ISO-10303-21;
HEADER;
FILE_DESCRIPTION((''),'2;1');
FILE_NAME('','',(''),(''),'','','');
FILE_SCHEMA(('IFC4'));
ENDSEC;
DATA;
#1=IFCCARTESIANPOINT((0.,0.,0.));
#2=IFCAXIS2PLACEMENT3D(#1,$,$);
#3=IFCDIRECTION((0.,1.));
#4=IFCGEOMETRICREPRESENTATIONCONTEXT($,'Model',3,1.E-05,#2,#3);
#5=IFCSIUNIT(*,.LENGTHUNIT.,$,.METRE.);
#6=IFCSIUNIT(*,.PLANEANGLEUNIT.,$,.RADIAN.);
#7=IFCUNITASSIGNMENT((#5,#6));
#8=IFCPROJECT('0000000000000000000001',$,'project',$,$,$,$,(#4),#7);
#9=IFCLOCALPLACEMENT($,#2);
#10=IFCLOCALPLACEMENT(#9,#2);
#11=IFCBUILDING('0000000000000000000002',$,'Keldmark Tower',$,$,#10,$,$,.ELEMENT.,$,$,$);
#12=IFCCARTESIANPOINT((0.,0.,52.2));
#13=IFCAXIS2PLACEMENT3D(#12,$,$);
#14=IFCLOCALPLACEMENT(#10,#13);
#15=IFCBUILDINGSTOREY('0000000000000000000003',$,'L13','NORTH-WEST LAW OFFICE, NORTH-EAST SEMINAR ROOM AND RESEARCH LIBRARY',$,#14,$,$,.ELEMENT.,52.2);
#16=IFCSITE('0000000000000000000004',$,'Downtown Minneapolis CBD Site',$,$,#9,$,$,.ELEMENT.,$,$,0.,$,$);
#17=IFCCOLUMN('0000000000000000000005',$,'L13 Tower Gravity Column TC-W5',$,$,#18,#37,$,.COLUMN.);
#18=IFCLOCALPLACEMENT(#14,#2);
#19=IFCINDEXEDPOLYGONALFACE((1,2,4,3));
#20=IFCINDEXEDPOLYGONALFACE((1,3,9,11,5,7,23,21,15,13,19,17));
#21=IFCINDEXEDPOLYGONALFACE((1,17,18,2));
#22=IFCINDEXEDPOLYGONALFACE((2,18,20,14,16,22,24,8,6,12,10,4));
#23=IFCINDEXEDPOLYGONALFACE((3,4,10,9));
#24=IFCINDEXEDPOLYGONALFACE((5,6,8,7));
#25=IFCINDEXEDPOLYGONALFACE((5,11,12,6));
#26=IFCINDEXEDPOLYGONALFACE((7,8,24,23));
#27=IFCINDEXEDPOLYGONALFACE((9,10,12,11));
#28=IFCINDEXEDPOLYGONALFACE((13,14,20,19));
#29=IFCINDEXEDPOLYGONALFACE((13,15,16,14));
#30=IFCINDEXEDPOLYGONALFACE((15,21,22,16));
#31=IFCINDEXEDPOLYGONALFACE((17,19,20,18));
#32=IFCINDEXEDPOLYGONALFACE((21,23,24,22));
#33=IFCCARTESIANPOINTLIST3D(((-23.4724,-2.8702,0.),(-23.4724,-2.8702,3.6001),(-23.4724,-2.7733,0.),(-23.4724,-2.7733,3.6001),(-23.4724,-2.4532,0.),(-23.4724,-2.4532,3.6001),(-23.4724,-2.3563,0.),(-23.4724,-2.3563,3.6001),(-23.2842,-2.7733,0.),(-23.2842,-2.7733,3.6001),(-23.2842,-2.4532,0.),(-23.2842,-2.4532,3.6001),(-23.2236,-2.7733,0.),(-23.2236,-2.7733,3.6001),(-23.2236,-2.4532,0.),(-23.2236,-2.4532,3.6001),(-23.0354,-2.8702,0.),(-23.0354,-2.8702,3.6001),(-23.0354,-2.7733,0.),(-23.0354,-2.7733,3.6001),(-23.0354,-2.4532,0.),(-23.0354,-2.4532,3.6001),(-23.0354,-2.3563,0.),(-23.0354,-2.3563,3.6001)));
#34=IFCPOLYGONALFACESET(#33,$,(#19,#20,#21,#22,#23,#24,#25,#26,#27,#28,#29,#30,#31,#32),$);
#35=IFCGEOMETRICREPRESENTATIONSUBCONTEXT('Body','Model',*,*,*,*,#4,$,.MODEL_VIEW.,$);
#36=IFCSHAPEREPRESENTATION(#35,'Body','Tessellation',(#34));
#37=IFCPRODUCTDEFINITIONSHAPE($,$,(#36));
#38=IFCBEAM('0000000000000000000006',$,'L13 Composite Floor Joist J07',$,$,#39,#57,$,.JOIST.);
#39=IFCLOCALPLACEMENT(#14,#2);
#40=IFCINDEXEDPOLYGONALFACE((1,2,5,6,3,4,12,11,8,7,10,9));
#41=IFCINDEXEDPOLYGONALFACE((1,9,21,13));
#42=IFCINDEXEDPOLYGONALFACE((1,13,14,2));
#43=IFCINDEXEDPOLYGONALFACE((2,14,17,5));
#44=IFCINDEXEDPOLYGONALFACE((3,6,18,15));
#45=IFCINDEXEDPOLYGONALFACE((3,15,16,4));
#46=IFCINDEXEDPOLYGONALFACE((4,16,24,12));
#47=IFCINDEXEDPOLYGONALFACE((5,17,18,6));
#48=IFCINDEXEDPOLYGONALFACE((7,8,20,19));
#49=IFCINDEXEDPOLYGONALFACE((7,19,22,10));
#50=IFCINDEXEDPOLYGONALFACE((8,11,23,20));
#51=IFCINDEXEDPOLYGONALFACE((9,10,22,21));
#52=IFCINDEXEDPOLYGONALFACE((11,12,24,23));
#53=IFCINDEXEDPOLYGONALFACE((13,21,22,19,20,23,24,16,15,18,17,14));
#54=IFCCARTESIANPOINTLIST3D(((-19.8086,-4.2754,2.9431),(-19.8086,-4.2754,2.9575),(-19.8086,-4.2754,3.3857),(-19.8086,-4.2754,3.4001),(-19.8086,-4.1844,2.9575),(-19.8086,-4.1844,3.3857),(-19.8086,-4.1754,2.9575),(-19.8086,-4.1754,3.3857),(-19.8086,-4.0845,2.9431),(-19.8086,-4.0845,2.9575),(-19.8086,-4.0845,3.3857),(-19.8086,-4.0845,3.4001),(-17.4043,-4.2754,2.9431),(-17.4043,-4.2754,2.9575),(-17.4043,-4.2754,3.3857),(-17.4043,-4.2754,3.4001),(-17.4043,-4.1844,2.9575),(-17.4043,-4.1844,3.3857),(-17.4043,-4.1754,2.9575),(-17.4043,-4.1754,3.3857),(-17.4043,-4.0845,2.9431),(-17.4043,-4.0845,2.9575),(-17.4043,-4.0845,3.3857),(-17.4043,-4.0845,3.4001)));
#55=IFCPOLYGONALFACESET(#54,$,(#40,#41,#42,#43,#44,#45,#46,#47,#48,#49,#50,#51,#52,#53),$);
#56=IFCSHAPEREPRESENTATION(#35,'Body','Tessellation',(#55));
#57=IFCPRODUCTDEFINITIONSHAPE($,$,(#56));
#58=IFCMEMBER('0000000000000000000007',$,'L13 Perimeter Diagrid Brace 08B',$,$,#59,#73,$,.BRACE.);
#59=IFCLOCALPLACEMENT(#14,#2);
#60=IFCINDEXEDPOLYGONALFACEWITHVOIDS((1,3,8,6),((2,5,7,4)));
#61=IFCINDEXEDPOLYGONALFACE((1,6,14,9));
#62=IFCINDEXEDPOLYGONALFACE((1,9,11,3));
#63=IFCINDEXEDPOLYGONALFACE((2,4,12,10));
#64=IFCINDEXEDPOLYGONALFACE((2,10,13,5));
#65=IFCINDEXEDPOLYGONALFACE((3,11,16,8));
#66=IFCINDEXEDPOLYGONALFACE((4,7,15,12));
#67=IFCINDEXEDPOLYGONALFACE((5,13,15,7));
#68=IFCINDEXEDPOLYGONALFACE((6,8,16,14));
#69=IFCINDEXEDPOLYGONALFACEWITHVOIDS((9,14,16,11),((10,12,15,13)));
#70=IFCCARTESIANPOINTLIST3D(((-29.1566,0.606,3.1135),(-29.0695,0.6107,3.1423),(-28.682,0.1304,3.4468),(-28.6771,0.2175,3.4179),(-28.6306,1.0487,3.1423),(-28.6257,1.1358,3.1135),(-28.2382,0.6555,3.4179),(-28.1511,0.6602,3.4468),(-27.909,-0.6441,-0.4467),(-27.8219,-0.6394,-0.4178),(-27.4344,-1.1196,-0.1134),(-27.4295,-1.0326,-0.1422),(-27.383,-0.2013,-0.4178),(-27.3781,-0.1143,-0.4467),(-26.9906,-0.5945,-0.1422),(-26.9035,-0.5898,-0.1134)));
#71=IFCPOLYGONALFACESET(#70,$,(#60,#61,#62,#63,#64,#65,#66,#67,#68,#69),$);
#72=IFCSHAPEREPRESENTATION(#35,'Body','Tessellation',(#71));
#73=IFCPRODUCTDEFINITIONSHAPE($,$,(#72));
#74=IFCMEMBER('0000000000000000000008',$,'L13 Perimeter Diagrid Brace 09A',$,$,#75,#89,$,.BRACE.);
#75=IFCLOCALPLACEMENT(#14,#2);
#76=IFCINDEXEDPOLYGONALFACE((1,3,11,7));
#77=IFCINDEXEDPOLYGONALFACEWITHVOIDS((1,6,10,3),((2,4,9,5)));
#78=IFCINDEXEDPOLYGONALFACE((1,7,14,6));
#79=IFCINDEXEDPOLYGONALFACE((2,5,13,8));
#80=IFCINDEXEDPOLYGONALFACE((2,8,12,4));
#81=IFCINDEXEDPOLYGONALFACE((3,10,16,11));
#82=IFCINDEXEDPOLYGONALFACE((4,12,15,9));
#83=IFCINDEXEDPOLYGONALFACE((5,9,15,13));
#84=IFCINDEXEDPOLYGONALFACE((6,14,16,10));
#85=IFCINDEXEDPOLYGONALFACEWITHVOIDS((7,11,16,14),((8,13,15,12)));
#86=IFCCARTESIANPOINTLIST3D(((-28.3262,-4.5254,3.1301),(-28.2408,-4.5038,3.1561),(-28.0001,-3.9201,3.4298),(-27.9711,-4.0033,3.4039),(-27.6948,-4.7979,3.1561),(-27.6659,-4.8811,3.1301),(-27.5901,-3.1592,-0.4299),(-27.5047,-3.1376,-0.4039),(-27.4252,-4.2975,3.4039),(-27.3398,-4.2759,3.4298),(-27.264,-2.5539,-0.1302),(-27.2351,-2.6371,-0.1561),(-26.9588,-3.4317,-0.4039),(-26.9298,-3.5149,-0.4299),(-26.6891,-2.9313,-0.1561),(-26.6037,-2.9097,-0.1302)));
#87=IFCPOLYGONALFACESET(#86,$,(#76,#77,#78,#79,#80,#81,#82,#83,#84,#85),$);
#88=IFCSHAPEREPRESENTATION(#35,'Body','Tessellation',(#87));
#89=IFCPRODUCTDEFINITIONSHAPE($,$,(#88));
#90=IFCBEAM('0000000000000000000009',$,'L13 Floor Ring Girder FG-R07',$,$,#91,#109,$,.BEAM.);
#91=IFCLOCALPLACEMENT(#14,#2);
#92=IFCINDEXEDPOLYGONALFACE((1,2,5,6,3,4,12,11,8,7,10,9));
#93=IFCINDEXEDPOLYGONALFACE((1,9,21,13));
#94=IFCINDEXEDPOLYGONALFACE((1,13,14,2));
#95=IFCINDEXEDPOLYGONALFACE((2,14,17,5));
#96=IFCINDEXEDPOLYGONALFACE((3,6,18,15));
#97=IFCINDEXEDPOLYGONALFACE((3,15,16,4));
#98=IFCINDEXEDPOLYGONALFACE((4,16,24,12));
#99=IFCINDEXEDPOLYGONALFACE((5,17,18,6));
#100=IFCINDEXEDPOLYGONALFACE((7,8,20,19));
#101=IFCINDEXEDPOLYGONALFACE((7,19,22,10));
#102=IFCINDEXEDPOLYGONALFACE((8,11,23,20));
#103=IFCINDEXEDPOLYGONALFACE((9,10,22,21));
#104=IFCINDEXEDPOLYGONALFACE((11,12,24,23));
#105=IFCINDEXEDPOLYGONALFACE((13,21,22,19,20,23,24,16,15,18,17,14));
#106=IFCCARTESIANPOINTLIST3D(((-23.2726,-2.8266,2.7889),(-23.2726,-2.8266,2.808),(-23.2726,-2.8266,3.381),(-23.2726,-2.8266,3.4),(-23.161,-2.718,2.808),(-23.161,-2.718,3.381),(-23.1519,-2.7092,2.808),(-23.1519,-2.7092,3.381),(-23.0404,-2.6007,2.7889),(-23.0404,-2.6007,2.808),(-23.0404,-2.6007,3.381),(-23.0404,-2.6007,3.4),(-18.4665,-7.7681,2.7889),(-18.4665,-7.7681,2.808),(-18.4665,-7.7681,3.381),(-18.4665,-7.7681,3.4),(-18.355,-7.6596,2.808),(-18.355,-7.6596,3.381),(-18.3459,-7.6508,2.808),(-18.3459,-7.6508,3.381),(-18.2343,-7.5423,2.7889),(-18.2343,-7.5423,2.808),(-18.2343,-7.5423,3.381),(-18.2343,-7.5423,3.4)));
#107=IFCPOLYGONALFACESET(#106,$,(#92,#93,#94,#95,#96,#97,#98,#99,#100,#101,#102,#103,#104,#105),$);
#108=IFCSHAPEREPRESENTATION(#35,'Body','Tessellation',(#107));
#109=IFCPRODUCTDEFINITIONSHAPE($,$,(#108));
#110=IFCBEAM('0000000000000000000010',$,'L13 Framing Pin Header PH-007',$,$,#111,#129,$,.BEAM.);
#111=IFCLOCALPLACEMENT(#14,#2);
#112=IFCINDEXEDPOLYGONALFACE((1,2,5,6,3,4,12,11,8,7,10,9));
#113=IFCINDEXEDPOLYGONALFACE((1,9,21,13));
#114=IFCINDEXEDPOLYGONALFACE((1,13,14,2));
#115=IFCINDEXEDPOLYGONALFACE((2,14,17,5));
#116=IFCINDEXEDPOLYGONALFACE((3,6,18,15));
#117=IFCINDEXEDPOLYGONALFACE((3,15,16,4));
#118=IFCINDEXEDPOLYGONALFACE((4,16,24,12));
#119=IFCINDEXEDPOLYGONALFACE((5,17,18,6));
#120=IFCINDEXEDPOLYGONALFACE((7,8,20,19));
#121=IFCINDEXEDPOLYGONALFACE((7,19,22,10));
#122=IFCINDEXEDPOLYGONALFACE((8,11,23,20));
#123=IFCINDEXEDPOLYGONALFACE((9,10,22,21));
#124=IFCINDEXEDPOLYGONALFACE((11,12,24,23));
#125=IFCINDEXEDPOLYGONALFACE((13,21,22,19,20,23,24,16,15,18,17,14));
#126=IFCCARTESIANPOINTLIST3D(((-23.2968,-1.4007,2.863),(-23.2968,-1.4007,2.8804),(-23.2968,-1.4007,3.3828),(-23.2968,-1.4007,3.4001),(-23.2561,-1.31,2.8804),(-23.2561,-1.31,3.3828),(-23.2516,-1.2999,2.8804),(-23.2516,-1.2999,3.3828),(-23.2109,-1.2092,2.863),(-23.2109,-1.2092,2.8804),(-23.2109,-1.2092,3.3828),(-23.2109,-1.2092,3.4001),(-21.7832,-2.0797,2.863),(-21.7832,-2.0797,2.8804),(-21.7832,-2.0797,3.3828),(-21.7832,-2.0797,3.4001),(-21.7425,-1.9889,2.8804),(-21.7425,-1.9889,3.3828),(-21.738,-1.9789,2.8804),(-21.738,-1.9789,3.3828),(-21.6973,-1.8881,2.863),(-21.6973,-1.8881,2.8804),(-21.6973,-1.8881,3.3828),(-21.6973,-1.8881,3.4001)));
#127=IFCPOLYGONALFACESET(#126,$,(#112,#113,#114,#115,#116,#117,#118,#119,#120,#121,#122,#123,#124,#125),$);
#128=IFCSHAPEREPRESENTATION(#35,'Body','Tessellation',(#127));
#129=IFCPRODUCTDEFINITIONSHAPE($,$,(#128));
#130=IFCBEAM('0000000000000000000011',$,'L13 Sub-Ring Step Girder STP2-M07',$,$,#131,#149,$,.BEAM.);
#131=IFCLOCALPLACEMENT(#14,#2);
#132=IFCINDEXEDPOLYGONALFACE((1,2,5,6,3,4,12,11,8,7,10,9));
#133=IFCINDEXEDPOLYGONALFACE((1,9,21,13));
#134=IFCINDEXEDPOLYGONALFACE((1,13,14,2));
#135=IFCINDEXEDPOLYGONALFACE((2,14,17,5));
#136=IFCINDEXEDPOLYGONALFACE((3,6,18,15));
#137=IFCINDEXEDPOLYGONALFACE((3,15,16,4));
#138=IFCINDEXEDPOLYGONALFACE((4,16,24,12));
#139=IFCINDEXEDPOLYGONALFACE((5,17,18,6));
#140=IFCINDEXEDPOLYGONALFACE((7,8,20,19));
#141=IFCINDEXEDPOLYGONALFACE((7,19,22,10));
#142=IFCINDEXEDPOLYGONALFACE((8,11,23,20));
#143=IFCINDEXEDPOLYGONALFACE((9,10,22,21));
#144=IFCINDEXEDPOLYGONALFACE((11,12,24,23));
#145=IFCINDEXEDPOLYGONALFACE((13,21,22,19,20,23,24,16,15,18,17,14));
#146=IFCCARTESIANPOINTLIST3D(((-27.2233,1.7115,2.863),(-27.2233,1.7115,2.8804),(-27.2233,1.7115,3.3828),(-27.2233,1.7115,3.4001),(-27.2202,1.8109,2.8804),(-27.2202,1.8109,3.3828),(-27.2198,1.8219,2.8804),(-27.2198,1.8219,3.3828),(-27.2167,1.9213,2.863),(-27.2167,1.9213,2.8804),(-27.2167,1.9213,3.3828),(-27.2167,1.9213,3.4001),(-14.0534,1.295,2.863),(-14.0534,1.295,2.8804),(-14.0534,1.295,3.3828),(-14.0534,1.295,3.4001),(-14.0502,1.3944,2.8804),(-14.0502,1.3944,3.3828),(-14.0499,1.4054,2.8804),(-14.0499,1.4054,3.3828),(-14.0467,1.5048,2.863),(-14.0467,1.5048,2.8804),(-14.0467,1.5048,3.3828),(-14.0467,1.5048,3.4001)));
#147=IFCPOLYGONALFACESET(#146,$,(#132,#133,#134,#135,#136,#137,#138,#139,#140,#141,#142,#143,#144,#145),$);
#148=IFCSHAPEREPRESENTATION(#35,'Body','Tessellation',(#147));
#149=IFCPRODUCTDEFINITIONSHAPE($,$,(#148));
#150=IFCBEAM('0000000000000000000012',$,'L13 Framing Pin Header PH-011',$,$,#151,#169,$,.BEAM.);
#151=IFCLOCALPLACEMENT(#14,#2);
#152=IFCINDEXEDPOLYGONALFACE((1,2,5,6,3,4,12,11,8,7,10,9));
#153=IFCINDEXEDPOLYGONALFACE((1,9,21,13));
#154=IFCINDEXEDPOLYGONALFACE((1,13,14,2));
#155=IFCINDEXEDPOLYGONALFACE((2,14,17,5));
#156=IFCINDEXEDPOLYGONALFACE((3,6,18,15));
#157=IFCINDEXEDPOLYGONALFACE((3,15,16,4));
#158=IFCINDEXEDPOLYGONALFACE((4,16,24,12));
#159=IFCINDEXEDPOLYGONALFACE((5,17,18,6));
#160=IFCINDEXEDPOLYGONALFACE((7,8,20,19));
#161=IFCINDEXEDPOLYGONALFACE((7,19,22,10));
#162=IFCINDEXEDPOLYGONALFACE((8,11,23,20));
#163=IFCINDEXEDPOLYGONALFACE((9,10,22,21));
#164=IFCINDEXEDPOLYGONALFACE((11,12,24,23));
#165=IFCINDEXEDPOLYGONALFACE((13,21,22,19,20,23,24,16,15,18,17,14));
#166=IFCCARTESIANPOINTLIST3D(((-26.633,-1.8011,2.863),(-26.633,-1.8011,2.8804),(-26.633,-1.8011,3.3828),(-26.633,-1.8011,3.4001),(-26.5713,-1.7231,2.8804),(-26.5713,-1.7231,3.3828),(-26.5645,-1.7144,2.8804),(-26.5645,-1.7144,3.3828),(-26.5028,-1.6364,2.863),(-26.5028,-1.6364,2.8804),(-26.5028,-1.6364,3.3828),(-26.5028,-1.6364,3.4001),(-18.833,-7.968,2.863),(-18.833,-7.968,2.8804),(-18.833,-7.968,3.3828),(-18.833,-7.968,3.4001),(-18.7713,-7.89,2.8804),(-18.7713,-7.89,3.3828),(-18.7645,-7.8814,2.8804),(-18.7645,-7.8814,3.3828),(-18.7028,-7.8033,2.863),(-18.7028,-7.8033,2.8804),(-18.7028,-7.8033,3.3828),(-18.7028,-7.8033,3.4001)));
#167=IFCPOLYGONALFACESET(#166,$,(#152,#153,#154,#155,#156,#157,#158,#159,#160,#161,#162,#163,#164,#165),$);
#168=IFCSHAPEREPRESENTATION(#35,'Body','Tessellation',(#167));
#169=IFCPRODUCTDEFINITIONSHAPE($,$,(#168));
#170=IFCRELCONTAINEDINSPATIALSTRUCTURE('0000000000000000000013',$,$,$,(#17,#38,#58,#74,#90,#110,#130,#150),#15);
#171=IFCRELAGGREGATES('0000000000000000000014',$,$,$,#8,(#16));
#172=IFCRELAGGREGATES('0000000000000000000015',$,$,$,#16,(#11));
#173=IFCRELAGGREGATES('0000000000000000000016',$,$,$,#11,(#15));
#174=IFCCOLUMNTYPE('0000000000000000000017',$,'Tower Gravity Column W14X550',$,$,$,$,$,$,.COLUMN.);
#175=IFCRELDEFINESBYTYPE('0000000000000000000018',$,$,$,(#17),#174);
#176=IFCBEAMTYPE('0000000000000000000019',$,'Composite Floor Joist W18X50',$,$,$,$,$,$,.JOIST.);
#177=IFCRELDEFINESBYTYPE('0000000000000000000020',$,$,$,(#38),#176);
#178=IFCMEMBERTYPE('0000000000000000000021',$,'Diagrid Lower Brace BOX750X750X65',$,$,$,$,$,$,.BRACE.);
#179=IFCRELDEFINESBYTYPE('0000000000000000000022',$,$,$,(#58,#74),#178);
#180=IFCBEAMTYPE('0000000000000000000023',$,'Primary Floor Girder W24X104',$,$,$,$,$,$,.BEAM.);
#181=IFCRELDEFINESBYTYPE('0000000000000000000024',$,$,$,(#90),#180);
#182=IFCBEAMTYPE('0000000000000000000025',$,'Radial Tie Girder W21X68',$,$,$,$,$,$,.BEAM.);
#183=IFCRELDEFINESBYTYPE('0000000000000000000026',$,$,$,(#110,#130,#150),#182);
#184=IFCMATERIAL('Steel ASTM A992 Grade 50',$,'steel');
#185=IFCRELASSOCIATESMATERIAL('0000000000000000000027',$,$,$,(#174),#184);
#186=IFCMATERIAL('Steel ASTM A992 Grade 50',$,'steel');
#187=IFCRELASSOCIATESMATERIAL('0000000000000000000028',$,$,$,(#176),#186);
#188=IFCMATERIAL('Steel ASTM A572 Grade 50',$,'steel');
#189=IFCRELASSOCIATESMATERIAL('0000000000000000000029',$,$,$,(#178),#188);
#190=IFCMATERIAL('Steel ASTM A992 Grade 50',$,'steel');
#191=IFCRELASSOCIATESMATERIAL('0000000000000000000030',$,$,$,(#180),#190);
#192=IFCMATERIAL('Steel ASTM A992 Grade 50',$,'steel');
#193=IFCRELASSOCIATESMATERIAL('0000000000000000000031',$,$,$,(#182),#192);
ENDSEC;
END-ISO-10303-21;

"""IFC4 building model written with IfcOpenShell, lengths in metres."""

from ifc_helpers import new_model, si_unit, direction, frame, origin, origin_2d, place, context, subcontext, project, spatial, hollow_rectangle, i_section, extrude, material, material_profile, profile_set, type_object, element, save


model = new_model("IFC4")

# Units and contexts
model_context = context("Model", 3, precision=1e-05, world=origin(), true_north=direction((0.0, 1.0)))
body_context = subcontext(model_context, "Body", "Model", "MODEL_VIEW")
ifc_project = project(units=[si_unit("LENGTHUNIT", "METRE"), si_unit("PLANEANGLEUNIT", "RADIAN")], contexts=[model_context])

# Site, building, storey
site_placement = place(None, origin())
site = spatial("IfcSite", under=ifc_project, at=site_placement, Name="Downtown Minneapolis CBD Site", CompositionType="ELEMENT", RefElevation=0.0)
building_placement = place(site_placement, origin())
building = spatial("IfcBuilding", under=site, at=building_placement, Name="Keldmark Tower", CompositionType="ELEMENT")
storey_placement = place(building_placement, frame((0.0, 0.0, 52.2)))
storey = spatial("IfcBuildingStorey", under=building, at=storey_placement, Name="L13", Description="NORTH-WEST LAW OFFICE, NORTH-EAST SEMINAR ROOM AND RESEARCH LIBRARY", CompositionType="ELEMENT", Elevation=52.2)

# Column
ifc_material_1 = material(Name="Steel ASTM A992 Grade 50", Category="steel")
ifc_material_profile_1 = material_profile(ifc_material_1, i_section(OverallWidth=0.437, OverallDepth=0.5139, WebThickness=0.0605, FlangeThickness=0.0969, at=origin_2d()), Name="W14X550")
ifc_profile_set_1 = profile_set([ifc_material_profile_1], Name="Steel ASTM A992 Grade 50")
column_type = type_object("IfcColumnType", Name="Tower Gravity Column W14X550", PredefinedType="COLUMN", material=ifc_profile_set_1)
column_placement = place(storey_placement, frame((-23.2539, -2.6133, 0.0), z_axis=(0.0, 0.0, 1.0), x_axis=(1.0, 0.0, 0.0)))
element("IfcColumn", 1, at=column_placement, inside=storey, type_object=column_type, Name="L13 Tower Gravity Column TC-W5", PredefinedType="COLUMN", context=body_context, shape_type="SweptSolid", body=[
    extrude(i_section(OverallWidth=0.437, OverallDepth=0.5139, WebThickness=0.0605, FlangeThickness=0.0969, at=origin_2d()), origin(), (0.0, 0.0, 1.0), 3.6001),
])

# Beam
ifc_material_2 = material(Name="Steel ASTM A992 Grade 50", Category="steel")
ifc_material_profile_2 = material_profile(ifc_material_2, i_section(OverallWidth=0.1909, OverallDepth=0.457, WebThickness=0.009, FlangeThickness=0.0144, at=origin_2d()), Name="W18X50")
ifc_profile_set_2 = profile_set([ifc_material_profile_2], Name="Steel ASTM A992 Grade 50")
beam_type_1 = type_object("IfcBeamType", Name="Composite Floor Joist W18X50", PredefinedType="JOIST", material=ifc_profile_set_2)
beam_1_placement = place(storey_placement, frame((-19.8086, -4.1799, 3.1716), z_axis=(1.0, 0.0, 0.0), x_axis=(0.0, 1.0, 0.0)))
element("IfcBeam", 2, at=beam_1_placement, inside=storey, type_object=beam_type_1, Name="L13 Composite Floor Joist J07", PredefinedType="JOIST", context=body_context, shape_type="SweptSolid", body=[
    extrude(i_section(OverallWidth=0.1909, OverallDepth=0.457, WebThickness=0.009, FlangeThickness=0.0144, at=origin_2d()), origin(), (0.0, 0.0, 1.0), 2.4043),
])

# Members
ifc_material_3 = material(Name="Steel ASTM A572 Grade 50", Category="steel")
ifc_material_profile_3 = material_profile(ifc_material_3, hollow_rectangle(XDim=0.75, YDim=0.75, WallThickness=0.0649, at=origin_2d()), Name="BOX750X750X65")
ifc_profile_set_3 = profile_set([ifc_material_profile_3], Name="Steel ASTM A572 Grade 50")
member_type = type_object("IfcMemberType", Name="Diagrid Lower Brace BOX750X750X65", PredefinedType="BRACE", material=ifc_profile_set_3)
member_1_placement = place(storey_placement, frame((-27.4062, -0.6169, -0.28), z_axis=(-0.313928, 0.314542, 0.895831), x_axis=(-0.707798, -0.706415, 0.0)))
element("IfcMember", 3, at=member_1_placement, inside=storey, type_object=member_type, Name="L13 Perimeter Diagrid Brace 08B", PredefinedType="BRACE", context=body_context, shape_type="SweptSolid", body=[
    extrude(hollow_rectangle(XDim=0.75, YDim=0.75, WallThickness=0.0649, at=origin_2d()), origin(), (0.0, 0.0, 1.0), 3.9741),
])
member_2_placement = place(storey_placement, frame((-27.0969, -3.0344, -0.28), z_axis=(-0.189536, -0.35179, 0.91669), x_axis=(0.880355, -0.474316, 0.0)))
element("IfcMember", 4, at=member_2_placement, inside=storey, type_object=member_type, Name="L13 Perimeter Diagrid Brace 09A", PredefinedType="BRACE", context=body_context, shape_type="SweptSolid", body=[
    extrude(hollow_rectangle(XDim=0.75, YDim=0.75, WallThickness=0.0649, at=origin_2d()), origin(), (0.0, 0.0, 1.0), 3.8835),
])

# Beams
ifc_material_4 = material(Name="Steel ASTM A992 Grade 50", Category="steel")
ifc_material_profile_4 = material_profile(ifc_material_4, i_section(OverallWidth=0.324, OverallDepth=0.6111, WebThickness=0.0127, FlangeThickness=0.019, at=origin_2d()), Name="W24X104")
ifc_profile_set_4 = profile_set([ifc_material_profile_4], Name="Steel ASTM A992 Grade 50")
beam_type_2 = type_object("IfcBeamType", Name="Primary Floor Girder W24X104", PredefinedType="BEAM", material=ifc_profile_set_4)
beam_2_placement = place(storey_placement, frame((-23.1565, -2.7136, 3.0945), z_axis=(0.69721, -0.716867, 0.0), x_axis=(0.716867, 0.69721, 0.0)))
element("IfcBeam", 5, at=beam_2_placement, inside=storey, type_object=beam_type_2, Name="L13 Floor Ring Girder FG-R07", PredefinedType="BEAM", context=body_context, shape_type="SweptSolid", body=[
    extrude(i_section(OverallWidth=0.324, OverallDepth=0.6111, WebThickness=0.0127, FlangeThickness=0.019, at=origin_2d()), origin(), (0.0, 0.0, 1.0), 6.8933),
])
ifc_material_5 = material(Name="Steel ASTM A992 Grade 50", Category="steel")
ifc_material_profile_5 = material_profile(ifc_material_5, i_section(OverallWidth=0.21, OverallDepth=0.5371, WebThickness=0.011, FlangeThickness=0.0173, at=origin_2d()), Name="W21X68")
ifc_profile_set_5 = profile_set([ifc_material_profile_5], Name="Steel ASTM A992 Grade 50")
beam_type_3 = type_object("IfcBeamType", Name="Radial Tie Girder W21X68", PredefinedType="BEAM", material=ifc_profile_set_5)
beam_3_placement = place(storey_placement, frame((-21.7402, -1.9839, 3.1316), z_axis=(-0.912416, 0.409263, 0.0), x_axis=(-0.409263, -0.912416, 0.0)))
element("IfcBeam", 6, at=beam_3_placement, inside=storey, type_object=beam_type_3, Name="L13 Framing Pin Header PH-007", PredefinedType="BEAM", context=body_context, shape_type="SweptSolid", body=[
    extrude(i_section(OverallWidth=0.21, OverallDepth=0.5371, WebThickness=0.011, FlangeThickness=0.0173, at=origin_2d()), origin(), (0.0, 0.0, 1.0), 1.6589),
])
beam_4_placement = place(storey_placement, frame((-14.05, 1.3999, 3.1316), z_axis=(-0.9995, 0.03161, 0.0), x_axis=(-0.03161, -0.9995, 0.0)))
element("IfcBeam", 7, at=beam_4_placement, inside=storey, type_object=beam_type_3, Name="L13 Sub-Ring Step Girder STP2-M07", PredefinedType="BEAM", context=body_context, shape_type="SweptSolid", body=[
    extrude(i_section(OverallWidth=0.21, OverallDepth=0.5371, WebThickness=0.011, FlangeThickness=0.0173, at=origin_2d()), origin(), (0.0, 0.0, 1.0), 13.1765),
])
beam_5_placement = place(storey_placement, frame((-26.5679, -1.7188, 3.1316), z_axis=(0.784439, -0.620205, 0.0), x_axis=(0.620205, 0.784439, 0.0)))
element("IfcBeam", 8, at=beam_5_placement, inside=storey, type_object=beam_type_3, Name="L13 Framing Pin Header PH-011", PredefinedType="BEAM", context=body_context, shape_type="SweptSolid", body=[
    extrude(i_section(OverallWidth=0.21, OverallDepth=0.5371, WebThickness=0.011, FlangeThickness=0.0173, at=origin_2d()), origin(), (0.0, 0.0, 1.0), 9.9434),
])

save(model, "model.ifc")
